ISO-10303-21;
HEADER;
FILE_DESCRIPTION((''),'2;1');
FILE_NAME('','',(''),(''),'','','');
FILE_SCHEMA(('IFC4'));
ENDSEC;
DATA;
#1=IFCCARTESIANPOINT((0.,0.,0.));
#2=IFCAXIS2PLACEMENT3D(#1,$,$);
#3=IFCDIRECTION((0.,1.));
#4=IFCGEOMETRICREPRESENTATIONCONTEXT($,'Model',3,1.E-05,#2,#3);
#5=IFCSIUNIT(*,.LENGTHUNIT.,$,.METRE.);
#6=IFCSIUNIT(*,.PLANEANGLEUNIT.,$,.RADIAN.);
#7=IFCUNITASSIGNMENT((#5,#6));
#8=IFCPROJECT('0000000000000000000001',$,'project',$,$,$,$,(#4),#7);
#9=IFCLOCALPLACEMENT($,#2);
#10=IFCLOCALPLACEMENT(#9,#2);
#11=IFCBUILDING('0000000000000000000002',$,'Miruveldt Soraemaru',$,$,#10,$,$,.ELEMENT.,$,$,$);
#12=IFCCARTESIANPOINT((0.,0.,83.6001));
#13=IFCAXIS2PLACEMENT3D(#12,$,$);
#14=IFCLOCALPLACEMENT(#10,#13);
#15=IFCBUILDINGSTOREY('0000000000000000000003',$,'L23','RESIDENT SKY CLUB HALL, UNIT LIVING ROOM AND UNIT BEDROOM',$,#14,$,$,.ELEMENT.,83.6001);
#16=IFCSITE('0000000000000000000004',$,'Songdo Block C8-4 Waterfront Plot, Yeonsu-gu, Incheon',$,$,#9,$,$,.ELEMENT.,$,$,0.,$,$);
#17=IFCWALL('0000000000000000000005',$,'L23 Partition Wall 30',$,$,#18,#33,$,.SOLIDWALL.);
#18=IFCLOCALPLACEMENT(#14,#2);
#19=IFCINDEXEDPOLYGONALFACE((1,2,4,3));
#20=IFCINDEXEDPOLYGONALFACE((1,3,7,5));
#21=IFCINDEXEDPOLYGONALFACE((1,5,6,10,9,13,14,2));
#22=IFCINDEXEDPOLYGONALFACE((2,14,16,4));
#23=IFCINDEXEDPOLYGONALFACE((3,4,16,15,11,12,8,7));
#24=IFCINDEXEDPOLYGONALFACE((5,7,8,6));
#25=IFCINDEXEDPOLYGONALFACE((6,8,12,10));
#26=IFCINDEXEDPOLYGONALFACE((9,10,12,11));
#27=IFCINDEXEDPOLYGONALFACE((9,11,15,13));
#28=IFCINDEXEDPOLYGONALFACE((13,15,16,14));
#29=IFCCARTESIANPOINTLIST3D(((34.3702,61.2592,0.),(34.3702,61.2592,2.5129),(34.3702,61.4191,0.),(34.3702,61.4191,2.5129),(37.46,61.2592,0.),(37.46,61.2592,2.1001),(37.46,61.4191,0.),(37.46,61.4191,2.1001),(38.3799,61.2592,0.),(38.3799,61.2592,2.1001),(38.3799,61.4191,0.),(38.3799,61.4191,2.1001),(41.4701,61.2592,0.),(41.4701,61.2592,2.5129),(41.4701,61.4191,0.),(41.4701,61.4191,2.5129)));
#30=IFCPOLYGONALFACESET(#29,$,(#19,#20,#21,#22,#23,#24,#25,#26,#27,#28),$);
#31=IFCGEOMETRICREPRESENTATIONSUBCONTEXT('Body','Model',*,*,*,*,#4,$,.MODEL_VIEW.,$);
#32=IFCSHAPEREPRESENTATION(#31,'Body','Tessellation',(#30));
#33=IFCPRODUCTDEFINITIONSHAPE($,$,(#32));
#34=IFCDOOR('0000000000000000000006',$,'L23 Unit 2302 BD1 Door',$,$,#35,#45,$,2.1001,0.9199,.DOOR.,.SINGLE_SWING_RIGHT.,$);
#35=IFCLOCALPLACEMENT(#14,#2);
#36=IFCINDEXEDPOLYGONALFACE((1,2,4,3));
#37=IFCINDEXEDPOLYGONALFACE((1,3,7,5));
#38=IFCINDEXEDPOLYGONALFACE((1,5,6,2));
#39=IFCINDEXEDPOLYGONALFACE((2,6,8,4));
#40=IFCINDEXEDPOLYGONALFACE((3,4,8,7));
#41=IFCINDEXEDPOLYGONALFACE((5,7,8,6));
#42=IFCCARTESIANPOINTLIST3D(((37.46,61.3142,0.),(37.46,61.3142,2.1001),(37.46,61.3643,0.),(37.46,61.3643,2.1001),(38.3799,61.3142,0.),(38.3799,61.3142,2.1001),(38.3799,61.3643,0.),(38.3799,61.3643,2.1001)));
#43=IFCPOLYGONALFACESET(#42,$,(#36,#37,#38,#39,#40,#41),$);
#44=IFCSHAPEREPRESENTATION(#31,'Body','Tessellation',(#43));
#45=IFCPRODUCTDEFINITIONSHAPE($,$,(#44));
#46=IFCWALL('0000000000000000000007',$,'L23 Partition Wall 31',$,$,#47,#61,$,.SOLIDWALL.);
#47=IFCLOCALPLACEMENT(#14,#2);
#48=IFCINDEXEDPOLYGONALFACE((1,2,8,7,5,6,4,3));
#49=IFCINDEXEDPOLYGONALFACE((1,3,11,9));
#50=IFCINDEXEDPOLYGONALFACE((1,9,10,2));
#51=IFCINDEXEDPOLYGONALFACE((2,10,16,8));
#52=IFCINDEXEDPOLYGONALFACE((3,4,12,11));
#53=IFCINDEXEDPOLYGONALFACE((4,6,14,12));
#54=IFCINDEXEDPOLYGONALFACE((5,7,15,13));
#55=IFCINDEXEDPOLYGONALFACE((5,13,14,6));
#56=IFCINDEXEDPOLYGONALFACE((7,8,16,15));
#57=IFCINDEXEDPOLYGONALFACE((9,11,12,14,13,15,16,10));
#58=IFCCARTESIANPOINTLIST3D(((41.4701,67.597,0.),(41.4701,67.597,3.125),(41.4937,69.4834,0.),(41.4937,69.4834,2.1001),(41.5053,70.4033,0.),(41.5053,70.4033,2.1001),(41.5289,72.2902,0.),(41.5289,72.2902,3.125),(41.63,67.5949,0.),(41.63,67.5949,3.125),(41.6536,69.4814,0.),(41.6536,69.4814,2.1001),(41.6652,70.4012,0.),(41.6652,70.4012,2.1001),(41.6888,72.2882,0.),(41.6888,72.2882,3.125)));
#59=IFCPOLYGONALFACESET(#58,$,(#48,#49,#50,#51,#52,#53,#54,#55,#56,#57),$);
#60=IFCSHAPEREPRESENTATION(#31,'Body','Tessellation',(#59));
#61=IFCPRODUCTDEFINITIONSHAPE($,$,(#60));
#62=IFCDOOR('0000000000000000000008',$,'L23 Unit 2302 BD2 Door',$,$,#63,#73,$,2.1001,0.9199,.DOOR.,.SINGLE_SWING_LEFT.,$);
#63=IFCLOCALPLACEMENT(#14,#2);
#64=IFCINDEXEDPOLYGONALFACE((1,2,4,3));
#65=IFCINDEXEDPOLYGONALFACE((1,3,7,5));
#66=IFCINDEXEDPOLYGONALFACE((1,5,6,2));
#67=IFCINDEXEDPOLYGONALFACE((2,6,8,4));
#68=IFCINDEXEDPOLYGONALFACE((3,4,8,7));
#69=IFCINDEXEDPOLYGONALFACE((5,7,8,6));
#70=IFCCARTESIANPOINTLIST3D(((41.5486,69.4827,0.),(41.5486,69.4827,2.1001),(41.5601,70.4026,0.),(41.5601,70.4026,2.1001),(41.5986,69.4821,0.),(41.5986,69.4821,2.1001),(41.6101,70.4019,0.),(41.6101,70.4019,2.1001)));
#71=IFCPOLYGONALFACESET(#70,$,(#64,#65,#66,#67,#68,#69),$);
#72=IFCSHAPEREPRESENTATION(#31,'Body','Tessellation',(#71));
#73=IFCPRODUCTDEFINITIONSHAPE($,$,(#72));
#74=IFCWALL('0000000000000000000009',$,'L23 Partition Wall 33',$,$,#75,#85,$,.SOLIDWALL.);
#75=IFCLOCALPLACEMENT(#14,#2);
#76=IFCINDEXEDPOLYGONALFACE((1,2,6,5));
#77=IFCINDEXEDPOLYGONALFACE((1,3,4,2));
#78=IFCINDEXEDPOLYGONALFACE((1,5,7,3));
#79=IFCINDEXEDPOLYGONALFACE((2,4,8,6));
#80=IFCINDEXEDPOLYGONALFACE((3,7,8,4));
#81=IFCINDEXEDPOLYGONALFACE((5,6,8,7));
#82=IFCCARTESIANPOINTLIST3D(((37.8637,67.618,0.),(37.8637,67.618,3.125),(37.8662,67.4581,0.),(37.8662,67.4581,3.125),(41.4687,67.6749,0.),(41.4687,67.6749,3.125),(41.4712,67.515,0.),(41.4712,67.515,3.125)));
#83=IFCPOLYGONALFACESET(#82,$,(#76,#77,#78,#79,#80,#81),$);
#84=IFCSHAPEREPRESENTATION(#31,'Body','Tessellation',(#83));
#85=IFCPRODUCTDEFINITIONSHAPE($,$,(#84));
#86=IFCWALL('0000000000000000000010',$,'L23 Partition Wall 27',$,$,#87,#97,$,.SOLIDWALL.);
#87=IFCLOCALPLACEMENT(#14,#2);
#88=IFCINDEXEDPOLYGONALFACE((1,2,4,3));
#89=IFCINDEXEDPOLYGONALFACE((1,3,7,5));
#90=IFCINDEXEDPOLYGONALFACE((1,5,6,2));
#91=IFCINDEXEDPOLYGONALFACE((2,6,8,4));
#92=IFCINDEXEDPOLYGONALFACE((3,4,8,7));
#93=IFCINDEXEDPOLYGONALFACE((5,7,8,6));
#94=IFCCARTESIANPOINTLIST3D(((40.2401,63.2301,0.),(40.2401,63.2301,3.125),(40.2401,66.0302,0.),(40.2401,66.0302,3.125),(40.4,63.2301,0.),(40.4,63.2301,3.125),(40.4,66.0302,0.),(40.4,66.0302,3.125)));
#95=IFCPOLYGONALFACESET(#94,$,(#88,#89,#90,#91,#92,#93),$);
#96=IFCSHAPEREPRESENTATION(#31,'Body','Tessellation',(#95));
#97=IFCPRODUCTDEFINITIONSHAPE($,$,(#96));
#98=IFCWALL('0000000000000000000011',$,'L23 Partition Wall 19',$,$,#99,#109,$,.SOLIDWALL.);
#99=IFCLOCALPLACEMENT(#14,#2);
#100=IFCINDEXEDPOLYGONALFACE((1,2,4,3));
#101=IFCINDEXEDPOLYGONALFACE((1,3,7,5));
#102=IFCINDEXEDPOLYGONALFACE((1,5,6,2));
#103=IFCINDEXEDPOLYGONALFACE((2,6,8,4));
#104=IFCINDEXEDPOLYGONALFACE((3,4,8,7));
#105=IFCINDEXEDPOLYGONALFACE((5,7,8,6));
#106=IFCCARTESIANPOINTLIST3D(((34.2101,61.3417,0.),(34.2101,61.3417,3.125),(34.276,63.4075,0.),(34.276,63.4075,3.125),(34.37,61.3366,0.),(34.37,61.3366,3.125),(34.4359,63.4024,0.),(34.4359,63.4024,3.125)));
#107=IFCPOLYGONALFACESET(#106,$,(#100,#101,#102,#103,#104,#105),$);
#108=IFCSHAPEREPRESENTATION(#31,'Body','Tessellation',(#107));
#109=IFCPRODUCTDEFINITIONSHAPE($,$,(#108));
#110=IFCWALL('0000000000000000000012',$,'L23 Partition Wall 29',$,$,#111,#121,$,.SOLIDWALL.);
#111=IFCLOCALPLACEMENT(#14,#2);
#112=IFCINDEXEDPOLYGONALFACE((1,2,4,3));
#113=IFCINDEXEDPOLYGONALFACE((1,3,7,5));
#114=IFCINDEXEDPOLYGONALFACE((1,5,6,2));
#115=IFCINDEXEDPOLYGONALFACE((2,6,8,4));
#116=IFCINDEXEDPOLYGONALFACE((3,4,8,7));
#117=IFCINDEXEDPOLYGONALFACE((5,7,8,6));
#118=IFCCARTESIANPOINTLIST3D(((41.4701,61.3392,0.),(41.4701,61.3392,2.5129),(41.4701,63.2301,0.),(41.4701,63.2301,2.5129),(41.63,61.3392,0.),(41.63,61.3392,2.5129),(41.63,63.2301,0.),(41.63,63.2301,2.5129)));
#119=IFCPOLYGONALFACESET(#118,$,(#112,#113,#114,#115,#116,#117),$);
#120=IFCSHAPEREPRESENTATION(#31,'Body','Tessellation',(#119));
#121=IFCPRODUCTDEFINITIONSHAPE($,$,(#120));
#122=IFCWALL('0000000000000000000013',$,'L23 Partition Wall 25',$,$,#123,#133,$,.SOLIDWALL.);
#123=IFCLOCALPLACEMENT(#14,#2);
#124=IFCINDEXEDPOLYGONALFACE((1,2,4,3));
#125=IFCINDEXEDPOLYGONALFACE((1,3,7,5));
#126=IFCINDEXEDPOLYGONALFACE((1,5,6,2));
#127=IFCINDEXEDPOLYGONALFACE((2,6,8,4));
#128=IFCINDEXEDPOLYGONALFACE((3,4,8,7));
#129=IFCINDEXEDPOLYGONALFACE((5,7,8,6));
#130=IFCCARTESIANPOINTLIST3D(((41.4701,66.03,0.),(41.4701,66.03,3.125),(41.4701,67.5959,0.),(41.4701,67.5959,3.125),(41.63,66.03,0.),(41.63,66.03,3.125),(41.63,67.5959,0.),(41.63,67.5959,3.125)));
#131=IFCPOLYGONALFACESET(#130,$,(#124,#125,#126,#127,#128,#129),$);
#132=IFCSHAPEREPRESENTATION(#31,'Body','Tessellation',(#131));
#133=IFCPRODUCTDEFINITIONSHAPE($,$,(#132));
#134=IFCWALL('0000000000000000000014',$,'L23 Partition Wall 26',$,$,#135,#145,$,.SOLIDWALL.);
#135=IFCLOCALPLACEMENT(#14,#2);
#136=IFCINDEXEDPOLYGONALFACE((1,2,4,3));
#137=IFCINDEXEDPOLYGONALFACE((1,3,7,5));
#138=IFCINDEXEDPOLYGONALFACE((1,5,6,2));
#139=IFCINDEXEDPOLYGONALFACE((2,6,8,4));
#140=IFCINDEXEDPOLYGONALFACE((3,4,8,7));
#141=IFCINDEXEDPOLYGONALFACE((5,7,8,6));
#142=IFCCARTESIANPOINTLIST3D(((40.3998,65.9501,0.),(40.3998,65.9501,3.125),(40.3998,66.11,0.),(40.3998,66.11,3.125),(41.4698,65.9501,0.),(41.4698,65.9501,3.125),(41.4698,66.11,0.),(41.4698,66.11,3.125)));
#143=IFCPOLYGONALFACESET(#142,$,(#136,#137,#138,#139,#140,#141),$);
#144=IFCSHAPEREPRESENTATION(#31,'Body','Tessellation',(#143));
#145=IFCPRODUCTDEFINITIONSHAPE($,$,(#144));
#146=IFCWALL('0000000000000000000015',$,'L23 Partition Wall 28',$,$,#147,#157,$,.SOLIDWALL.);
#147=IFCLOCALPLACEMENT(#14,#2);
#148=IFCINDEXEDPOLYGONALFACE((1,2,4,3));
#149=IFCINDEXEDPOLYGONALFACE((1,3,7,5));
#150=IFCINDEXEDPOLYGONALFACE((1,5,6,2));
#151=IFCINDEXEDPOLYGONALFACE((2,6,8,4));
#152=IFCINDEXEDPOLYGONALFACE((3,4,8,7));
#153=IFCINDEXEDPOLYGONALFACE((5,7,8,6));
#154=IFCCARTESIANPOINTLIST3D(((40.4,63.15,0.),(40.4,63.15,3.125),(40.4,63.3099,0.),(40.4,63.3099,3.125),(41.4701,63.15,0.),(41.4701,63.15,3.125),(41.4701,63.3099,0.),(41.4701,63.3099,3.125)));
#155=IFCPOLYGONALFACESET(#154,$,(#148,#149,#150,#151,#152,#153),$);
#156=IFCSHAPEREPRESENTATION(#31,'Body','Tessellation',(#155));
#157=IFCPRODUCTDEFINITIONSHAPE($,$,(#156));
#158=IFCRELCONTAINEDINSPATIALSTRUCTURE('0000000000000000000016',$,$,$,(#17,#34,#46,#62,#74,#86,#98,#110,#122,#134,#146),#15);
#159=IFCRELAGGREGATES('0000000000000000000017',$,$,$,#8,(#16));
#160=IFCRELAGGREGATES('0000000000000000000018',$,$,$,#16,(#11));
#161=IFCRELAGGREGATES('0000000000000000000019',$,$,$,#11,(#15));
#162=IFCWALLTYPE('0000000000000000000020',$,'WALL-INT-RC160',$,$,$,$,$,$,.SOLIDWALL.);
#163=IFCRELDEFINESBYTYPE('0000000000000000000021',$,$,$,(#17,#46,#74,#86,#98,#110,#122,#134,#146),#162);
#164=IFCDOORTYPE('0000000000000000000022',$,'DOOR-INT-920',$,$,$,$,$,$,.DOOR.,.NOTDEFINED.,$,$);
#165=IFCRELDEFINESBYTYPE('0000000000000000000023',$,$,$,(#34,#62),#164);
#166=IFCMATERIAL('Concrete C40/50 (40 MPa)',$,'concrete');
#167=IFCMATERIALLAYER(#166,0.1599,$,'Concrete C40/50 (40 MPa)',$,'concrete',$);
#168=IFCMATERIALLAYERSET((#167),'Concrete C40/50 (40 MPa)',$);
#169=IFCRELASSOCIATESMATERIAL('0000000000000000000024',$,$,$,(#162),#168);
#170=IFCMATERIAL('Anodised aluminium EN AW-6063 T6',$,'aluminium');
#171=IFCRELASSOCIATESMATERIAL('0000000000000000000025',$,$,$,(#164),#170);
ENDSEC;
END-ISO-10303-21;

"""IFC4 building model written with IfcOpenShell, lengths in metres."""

from ifc_helpers import new_model, si_unit, direction, frame, frame_2d, origin, place, context, subcontext, project, spatial, rectangle, extrude, material, layer, layer_set, type_object, element, fill, save


model = new_model("IFC4")

# Units and contexts
model_context = context("Model", 3, precision=1e-05, world=origin(), true_north=direction((0.0, 1.0)))
body_context = subcontext(model_context, "Body", "Model", "MODEL_VIEW")
ifc_project = project(units=[si_unit("LENGTHUNIT", "METRE"), si_unit("PLANEANGLEUNIT", "RADIAN")], contexts=[model_context])

# Site, building, storey
site_placement = place(None, origin())
site = spatial("IfcSite", under=ifc_project, at=site_placement, Name="Songdo Block C8-4 Waterfront Plot, Yeonsu-gu, Incheon", CompositionType="ELEMENT", RefElevation=0.0)
building_placement = place(site_placement, origin())
building = spatial("IfcBuilding", under=site, at=building_placement, Name="Miruveldt Soraemaru", CompositionType="ELEMENT")
storey_placement = place(building_placement, frame((0.0, 0.0, 83.6001)))
storey = spatial("IfcBuildingStorey", under=building, at=storey_placement, Name="L23", Description="RESIDENT SKY CLUB HALL, UNIT LIVING ROOM AND UNIT BEDROOM", CompositionType="ELEMENT", Elevation=83.6001)

# Shared definitions
ifc_material_1 = material(Name="Anodised aluminium EN AW-6063 T6", Category="aluminium")

# Walls, openings, doors
ifc_material_2 = material(Name="Concrete C40/50 (40 MPa)", Category="concrete")
ifc_layer_1 = layer(ifc_material_2, 0.1599, Name="Concrete C40/50 (40 MPa)", Category="concrete")
ifc_layer_set_1 = layer_set([ifc_layer_1], Name="Concrete C40/50 (40 MPa)")
wall_type_1 = type_object("IfcWallType", Name="WALL-INT-RC160", PredefinedType="SOLIDWALL", material=ifc_layer_set_1)
wall_1_placement = place(storey_placement, frame((41.47, 61.3391, 0.0), z_axis=(0.0, 0.0, 1.0), x_axis=(-1.0, 0.0, 0.0)))
wall_1 = element("IfcWall", 1, at=wall_1_placement, inside=storey, type_object=wall_type_1, Name="L23 Partition Wall 30", PredefinedType="SOLIDWALL", context=body_context, shape_type="SweptSolid", body=[
    extrude(rectangle(XDim=7.0999, YDim=0.1599, at=frame_2d((3.5498, 0.0))), origin(), (0.0, 0.0, 1.0), 2.5129),
])
opening_1_placement = place(wall_1_placement, frame((3.0901, 0.0, 0.0)))
opening_1 = element("IfcOpeningElement", 2, at=opening_1_placement, cuts=wall_1, PredefinedType="OPENING", context=body_context, shape_type="SweptSolid", body=[
    extrude(rectangle(XDim=0.9199, YDim=2.1001, at=frame_2d((0.46, 1.05))), frame((0.0, 0.0898, 0.0), z_axis=(0.0, -1.0, 0.0), x_axis=(1.0, 0.0, 0.0)), (0.0, 0.0, 1.0), 0.1799),
])
door_type = type_object("IfcDoorType", Name="DOOR-INT-920", OperationType="NOTDEFINED", PredefinedType="DOOR", material=ifc_material_1)
door_1_placement = place(opening_1_placement, origin())
door_1 = element("IfcDoor", 3, at=door_1_placement, inside=storey, type_object=door_type, Name="L23 Unit 2302 BD1 Door", OperationType="SINGLE_SWING_RIGHT", OverallHeight=2.1001, OverallWidth=0.9199, PredefinedType="DOOR", context=body_context, shape_type="SweptSolid", body=[
    extrude(rectangle(XDim=0.9199, YDim=2.1001, at=frame_2d((0.46, 1.05))), frame((0.0, 0.0249, 0.0), z_axis=(0.0, -1.0, 0.0), x_axis=(1.0, 0.0, 0.0)), (0.0, 0.0, 1.0), 0.05),
])
fill(opening_1, door_1)
wall_2_placement = place(storey_placement, frame((41.6089, 72.2891, 0.0), z_axis=(0.0, 0.0, 1.0), x_axis=(-0.012536, -0.999921, 0.0)))
wall_2 = element("IfcWall", 4, at=wall_2_placement, inside=storey, type_object=wall_type_1, Name="L23 Partition Wall 31", PredefinedType="SOLIDWALL", context=body_context, shape_type="SweptSolid", body=[
    extrude(rectangle(XDim=4.6936, YDim=0.1599, at=frame_2d((2.3467, 0.0))), origin(), (0.0, 0.0, 1.0), 3.125),
])
opening_2_placement = place(wall_2_placement, frame((1.887, 0.0, 0.0)))
opening_2 = element("IfcOpeningElement", 5, at=opening_2_placement, cuts=wall_2, PredefinedType="OPENING", context=body_context, shape_type="SweptSolid", body=[
    extrude(rectangle(XDim=0.9199, YDim=2.1001, at=frame_2d((0.46, 1.05))), frame((0.0, 0.0898, 0.0), z_axis=(0.0, -1.0, 0.0), x_axis=(1.0, 0.0, 0.0)), (0.0, 0.0, 1.0), 0.1799),
])
door_2_placement = place(opening_2_placement, origin())
door_2 = element("IfcDoor", 6, at=door_2_placement, inside=storey, type_object=door_type, Name="L23 Unit 2302 BD2 Door", OperationType="SINGLE_SWING_LEFT", OverallHeight=2.1001, OverallWidth=0.9199, PredefinedType="DOOR", context=body_context, shape_type="SweptSolid", body=[
    extrude(rectangle(XDim=0.9199, YDim=2.1001, at=frame_2d((0.46, 1.05))), frame((0.0, 0.0249, 0.0), z_axis=(0.0, -1.0, 0.0), x_axis=(1.0, 0.0, 0.0)), (0.0, 0.0, 1.0), 0.05),
])
fill(opening_2, door_2)

# Walls
wall_3_placement = place(storey_placement, frame((41.47, 67.595, 0.0), z_axis=(0.0, 0.0, 1.0), x_axis=(-0.999876, -0.015778, 0.0)))
element("IfcWall", 7, at=wall_3_placement, inside=storey, type_object=wall_type_1, Name="L23 Partition Wall 33", PredefinedType="SOLIDWALL", context=body_context, shape_type="SweptSolid", body=[
    extrude(rectangle(XDim=3.6055, YDim=0.1599, at=frame_2d((1.8027, 0.0))), origin(), (0.0, 0.0, 1.0), 3.125),
])
wall_4_placement = place(storey_placement, frame((40.3201, 66.03, 0.0), z_axis=(0.0, 0.0, 1.0), x_axis=(0.0, -1.0, 0.0)))
element("IfcWall", 8, at=wall_4_placement, inside=storey, type_object=wall_type_1, Name="L23 Partition Wall 27", PredefinedType="SOLIDWALL", context=body_context, shape_type="SweptSolid", body=[
    extrude(rectangle(XDim=2.8, YDim=0.1599, at=frame_2d((1.3999, 0.0))), origin(), (0.0, 0.0, 1.0), 3.125),
])
wall_5_placement = place(storey_placement, frame((34.29, 61.3391, 0.0), z_axis=(0.0, 0.0, 1.0), x_axis=(0.031891, 0.999491, 0.0)))
element("IfcWall", 9, at=wall_5_placement, inside=storey, type_object=wall_type_1, Name="L23 Partition Wall 19", PredefinedType="SOLIDWALL", context=body_context, shape_type="SweptSolid", body=[
    extrude(rectangle(XDim=2.0669, YDim=0.1599, at=frame_2d((1.0334, 0.0))), origin(), (0.0, 0.0, 1.0), 3.125),
])
wall_6_placement = place(storey_placement, frame((41.55, 63.23, 0.0), z_axis=(0.0, 0.0, 1.0), x_axis=(0.0, -1.0, 0.0)))
element("IfcWall", 10, at=wall_6_placement, inside=storey, type_object=wall_type_1, Name="L23 Partition Wall 29", PredefinedType="SOLIDWALL", context=body_context, shape_type="SweptSolid", body=[
    extrude(rectangle(XDim=1.8909, YDim=0.1599, at=frame_2d((0.9453, 0.0))), origin(), (0.0, 0.0, 1.0), 2.5129),
])
wall_7_placement = place(storey_placement, frame((41.55, 67.5959, 0.0), z_axis=(0.0, 0.0, 1.0), x_axis=(0.0, -1.0, 0.0)))
element("IfcWall", 11, at=wall_7_placement, inside=storey, type_object=wall_type_1, Name="L23 Partition Wall 25", PredefinedType="SOLIDWALL", context=body_context, shape_type="SweptSolid", body=[
    extrude(rectangle(XDim=1.5659, YDim=0.1599, at=frame_2d((0.783, 0.0))), origin(), (0.0, 0.0, 1.0), 3.125),
])
for number, where, z_axis, x_axis, name in (
    (12, (41.47, 66.03, 0.0), (0.0, 0.0, 1.0), (-1.0, 0.0, 0.0), "L23 Partition Wall 26"),
    (13, (40.3999, 63.23, 0.0), (0.0, 0.0, 1.0), (1.0, 0.0, 0.0), "L23 Partition Wall 28"),
):
    element("IfcWall", number, at=place(storey_placement, frame(where, z_axis=z_axis, x_axis=x_axis)), inside=storey, type_object=wall_type_1, Name=name, PredefinedType="SOLIDWALL", context=body_context, shape_type="SweptSolid", body=[
        extrude(rectangle(XDim=1.0701, YDim=0.1599, at=frame_2d((0.5352, 0.0))), origin(), (0.0, 0.0, 1.0), 3.125),
    ])

save(model, "model.ifc")
